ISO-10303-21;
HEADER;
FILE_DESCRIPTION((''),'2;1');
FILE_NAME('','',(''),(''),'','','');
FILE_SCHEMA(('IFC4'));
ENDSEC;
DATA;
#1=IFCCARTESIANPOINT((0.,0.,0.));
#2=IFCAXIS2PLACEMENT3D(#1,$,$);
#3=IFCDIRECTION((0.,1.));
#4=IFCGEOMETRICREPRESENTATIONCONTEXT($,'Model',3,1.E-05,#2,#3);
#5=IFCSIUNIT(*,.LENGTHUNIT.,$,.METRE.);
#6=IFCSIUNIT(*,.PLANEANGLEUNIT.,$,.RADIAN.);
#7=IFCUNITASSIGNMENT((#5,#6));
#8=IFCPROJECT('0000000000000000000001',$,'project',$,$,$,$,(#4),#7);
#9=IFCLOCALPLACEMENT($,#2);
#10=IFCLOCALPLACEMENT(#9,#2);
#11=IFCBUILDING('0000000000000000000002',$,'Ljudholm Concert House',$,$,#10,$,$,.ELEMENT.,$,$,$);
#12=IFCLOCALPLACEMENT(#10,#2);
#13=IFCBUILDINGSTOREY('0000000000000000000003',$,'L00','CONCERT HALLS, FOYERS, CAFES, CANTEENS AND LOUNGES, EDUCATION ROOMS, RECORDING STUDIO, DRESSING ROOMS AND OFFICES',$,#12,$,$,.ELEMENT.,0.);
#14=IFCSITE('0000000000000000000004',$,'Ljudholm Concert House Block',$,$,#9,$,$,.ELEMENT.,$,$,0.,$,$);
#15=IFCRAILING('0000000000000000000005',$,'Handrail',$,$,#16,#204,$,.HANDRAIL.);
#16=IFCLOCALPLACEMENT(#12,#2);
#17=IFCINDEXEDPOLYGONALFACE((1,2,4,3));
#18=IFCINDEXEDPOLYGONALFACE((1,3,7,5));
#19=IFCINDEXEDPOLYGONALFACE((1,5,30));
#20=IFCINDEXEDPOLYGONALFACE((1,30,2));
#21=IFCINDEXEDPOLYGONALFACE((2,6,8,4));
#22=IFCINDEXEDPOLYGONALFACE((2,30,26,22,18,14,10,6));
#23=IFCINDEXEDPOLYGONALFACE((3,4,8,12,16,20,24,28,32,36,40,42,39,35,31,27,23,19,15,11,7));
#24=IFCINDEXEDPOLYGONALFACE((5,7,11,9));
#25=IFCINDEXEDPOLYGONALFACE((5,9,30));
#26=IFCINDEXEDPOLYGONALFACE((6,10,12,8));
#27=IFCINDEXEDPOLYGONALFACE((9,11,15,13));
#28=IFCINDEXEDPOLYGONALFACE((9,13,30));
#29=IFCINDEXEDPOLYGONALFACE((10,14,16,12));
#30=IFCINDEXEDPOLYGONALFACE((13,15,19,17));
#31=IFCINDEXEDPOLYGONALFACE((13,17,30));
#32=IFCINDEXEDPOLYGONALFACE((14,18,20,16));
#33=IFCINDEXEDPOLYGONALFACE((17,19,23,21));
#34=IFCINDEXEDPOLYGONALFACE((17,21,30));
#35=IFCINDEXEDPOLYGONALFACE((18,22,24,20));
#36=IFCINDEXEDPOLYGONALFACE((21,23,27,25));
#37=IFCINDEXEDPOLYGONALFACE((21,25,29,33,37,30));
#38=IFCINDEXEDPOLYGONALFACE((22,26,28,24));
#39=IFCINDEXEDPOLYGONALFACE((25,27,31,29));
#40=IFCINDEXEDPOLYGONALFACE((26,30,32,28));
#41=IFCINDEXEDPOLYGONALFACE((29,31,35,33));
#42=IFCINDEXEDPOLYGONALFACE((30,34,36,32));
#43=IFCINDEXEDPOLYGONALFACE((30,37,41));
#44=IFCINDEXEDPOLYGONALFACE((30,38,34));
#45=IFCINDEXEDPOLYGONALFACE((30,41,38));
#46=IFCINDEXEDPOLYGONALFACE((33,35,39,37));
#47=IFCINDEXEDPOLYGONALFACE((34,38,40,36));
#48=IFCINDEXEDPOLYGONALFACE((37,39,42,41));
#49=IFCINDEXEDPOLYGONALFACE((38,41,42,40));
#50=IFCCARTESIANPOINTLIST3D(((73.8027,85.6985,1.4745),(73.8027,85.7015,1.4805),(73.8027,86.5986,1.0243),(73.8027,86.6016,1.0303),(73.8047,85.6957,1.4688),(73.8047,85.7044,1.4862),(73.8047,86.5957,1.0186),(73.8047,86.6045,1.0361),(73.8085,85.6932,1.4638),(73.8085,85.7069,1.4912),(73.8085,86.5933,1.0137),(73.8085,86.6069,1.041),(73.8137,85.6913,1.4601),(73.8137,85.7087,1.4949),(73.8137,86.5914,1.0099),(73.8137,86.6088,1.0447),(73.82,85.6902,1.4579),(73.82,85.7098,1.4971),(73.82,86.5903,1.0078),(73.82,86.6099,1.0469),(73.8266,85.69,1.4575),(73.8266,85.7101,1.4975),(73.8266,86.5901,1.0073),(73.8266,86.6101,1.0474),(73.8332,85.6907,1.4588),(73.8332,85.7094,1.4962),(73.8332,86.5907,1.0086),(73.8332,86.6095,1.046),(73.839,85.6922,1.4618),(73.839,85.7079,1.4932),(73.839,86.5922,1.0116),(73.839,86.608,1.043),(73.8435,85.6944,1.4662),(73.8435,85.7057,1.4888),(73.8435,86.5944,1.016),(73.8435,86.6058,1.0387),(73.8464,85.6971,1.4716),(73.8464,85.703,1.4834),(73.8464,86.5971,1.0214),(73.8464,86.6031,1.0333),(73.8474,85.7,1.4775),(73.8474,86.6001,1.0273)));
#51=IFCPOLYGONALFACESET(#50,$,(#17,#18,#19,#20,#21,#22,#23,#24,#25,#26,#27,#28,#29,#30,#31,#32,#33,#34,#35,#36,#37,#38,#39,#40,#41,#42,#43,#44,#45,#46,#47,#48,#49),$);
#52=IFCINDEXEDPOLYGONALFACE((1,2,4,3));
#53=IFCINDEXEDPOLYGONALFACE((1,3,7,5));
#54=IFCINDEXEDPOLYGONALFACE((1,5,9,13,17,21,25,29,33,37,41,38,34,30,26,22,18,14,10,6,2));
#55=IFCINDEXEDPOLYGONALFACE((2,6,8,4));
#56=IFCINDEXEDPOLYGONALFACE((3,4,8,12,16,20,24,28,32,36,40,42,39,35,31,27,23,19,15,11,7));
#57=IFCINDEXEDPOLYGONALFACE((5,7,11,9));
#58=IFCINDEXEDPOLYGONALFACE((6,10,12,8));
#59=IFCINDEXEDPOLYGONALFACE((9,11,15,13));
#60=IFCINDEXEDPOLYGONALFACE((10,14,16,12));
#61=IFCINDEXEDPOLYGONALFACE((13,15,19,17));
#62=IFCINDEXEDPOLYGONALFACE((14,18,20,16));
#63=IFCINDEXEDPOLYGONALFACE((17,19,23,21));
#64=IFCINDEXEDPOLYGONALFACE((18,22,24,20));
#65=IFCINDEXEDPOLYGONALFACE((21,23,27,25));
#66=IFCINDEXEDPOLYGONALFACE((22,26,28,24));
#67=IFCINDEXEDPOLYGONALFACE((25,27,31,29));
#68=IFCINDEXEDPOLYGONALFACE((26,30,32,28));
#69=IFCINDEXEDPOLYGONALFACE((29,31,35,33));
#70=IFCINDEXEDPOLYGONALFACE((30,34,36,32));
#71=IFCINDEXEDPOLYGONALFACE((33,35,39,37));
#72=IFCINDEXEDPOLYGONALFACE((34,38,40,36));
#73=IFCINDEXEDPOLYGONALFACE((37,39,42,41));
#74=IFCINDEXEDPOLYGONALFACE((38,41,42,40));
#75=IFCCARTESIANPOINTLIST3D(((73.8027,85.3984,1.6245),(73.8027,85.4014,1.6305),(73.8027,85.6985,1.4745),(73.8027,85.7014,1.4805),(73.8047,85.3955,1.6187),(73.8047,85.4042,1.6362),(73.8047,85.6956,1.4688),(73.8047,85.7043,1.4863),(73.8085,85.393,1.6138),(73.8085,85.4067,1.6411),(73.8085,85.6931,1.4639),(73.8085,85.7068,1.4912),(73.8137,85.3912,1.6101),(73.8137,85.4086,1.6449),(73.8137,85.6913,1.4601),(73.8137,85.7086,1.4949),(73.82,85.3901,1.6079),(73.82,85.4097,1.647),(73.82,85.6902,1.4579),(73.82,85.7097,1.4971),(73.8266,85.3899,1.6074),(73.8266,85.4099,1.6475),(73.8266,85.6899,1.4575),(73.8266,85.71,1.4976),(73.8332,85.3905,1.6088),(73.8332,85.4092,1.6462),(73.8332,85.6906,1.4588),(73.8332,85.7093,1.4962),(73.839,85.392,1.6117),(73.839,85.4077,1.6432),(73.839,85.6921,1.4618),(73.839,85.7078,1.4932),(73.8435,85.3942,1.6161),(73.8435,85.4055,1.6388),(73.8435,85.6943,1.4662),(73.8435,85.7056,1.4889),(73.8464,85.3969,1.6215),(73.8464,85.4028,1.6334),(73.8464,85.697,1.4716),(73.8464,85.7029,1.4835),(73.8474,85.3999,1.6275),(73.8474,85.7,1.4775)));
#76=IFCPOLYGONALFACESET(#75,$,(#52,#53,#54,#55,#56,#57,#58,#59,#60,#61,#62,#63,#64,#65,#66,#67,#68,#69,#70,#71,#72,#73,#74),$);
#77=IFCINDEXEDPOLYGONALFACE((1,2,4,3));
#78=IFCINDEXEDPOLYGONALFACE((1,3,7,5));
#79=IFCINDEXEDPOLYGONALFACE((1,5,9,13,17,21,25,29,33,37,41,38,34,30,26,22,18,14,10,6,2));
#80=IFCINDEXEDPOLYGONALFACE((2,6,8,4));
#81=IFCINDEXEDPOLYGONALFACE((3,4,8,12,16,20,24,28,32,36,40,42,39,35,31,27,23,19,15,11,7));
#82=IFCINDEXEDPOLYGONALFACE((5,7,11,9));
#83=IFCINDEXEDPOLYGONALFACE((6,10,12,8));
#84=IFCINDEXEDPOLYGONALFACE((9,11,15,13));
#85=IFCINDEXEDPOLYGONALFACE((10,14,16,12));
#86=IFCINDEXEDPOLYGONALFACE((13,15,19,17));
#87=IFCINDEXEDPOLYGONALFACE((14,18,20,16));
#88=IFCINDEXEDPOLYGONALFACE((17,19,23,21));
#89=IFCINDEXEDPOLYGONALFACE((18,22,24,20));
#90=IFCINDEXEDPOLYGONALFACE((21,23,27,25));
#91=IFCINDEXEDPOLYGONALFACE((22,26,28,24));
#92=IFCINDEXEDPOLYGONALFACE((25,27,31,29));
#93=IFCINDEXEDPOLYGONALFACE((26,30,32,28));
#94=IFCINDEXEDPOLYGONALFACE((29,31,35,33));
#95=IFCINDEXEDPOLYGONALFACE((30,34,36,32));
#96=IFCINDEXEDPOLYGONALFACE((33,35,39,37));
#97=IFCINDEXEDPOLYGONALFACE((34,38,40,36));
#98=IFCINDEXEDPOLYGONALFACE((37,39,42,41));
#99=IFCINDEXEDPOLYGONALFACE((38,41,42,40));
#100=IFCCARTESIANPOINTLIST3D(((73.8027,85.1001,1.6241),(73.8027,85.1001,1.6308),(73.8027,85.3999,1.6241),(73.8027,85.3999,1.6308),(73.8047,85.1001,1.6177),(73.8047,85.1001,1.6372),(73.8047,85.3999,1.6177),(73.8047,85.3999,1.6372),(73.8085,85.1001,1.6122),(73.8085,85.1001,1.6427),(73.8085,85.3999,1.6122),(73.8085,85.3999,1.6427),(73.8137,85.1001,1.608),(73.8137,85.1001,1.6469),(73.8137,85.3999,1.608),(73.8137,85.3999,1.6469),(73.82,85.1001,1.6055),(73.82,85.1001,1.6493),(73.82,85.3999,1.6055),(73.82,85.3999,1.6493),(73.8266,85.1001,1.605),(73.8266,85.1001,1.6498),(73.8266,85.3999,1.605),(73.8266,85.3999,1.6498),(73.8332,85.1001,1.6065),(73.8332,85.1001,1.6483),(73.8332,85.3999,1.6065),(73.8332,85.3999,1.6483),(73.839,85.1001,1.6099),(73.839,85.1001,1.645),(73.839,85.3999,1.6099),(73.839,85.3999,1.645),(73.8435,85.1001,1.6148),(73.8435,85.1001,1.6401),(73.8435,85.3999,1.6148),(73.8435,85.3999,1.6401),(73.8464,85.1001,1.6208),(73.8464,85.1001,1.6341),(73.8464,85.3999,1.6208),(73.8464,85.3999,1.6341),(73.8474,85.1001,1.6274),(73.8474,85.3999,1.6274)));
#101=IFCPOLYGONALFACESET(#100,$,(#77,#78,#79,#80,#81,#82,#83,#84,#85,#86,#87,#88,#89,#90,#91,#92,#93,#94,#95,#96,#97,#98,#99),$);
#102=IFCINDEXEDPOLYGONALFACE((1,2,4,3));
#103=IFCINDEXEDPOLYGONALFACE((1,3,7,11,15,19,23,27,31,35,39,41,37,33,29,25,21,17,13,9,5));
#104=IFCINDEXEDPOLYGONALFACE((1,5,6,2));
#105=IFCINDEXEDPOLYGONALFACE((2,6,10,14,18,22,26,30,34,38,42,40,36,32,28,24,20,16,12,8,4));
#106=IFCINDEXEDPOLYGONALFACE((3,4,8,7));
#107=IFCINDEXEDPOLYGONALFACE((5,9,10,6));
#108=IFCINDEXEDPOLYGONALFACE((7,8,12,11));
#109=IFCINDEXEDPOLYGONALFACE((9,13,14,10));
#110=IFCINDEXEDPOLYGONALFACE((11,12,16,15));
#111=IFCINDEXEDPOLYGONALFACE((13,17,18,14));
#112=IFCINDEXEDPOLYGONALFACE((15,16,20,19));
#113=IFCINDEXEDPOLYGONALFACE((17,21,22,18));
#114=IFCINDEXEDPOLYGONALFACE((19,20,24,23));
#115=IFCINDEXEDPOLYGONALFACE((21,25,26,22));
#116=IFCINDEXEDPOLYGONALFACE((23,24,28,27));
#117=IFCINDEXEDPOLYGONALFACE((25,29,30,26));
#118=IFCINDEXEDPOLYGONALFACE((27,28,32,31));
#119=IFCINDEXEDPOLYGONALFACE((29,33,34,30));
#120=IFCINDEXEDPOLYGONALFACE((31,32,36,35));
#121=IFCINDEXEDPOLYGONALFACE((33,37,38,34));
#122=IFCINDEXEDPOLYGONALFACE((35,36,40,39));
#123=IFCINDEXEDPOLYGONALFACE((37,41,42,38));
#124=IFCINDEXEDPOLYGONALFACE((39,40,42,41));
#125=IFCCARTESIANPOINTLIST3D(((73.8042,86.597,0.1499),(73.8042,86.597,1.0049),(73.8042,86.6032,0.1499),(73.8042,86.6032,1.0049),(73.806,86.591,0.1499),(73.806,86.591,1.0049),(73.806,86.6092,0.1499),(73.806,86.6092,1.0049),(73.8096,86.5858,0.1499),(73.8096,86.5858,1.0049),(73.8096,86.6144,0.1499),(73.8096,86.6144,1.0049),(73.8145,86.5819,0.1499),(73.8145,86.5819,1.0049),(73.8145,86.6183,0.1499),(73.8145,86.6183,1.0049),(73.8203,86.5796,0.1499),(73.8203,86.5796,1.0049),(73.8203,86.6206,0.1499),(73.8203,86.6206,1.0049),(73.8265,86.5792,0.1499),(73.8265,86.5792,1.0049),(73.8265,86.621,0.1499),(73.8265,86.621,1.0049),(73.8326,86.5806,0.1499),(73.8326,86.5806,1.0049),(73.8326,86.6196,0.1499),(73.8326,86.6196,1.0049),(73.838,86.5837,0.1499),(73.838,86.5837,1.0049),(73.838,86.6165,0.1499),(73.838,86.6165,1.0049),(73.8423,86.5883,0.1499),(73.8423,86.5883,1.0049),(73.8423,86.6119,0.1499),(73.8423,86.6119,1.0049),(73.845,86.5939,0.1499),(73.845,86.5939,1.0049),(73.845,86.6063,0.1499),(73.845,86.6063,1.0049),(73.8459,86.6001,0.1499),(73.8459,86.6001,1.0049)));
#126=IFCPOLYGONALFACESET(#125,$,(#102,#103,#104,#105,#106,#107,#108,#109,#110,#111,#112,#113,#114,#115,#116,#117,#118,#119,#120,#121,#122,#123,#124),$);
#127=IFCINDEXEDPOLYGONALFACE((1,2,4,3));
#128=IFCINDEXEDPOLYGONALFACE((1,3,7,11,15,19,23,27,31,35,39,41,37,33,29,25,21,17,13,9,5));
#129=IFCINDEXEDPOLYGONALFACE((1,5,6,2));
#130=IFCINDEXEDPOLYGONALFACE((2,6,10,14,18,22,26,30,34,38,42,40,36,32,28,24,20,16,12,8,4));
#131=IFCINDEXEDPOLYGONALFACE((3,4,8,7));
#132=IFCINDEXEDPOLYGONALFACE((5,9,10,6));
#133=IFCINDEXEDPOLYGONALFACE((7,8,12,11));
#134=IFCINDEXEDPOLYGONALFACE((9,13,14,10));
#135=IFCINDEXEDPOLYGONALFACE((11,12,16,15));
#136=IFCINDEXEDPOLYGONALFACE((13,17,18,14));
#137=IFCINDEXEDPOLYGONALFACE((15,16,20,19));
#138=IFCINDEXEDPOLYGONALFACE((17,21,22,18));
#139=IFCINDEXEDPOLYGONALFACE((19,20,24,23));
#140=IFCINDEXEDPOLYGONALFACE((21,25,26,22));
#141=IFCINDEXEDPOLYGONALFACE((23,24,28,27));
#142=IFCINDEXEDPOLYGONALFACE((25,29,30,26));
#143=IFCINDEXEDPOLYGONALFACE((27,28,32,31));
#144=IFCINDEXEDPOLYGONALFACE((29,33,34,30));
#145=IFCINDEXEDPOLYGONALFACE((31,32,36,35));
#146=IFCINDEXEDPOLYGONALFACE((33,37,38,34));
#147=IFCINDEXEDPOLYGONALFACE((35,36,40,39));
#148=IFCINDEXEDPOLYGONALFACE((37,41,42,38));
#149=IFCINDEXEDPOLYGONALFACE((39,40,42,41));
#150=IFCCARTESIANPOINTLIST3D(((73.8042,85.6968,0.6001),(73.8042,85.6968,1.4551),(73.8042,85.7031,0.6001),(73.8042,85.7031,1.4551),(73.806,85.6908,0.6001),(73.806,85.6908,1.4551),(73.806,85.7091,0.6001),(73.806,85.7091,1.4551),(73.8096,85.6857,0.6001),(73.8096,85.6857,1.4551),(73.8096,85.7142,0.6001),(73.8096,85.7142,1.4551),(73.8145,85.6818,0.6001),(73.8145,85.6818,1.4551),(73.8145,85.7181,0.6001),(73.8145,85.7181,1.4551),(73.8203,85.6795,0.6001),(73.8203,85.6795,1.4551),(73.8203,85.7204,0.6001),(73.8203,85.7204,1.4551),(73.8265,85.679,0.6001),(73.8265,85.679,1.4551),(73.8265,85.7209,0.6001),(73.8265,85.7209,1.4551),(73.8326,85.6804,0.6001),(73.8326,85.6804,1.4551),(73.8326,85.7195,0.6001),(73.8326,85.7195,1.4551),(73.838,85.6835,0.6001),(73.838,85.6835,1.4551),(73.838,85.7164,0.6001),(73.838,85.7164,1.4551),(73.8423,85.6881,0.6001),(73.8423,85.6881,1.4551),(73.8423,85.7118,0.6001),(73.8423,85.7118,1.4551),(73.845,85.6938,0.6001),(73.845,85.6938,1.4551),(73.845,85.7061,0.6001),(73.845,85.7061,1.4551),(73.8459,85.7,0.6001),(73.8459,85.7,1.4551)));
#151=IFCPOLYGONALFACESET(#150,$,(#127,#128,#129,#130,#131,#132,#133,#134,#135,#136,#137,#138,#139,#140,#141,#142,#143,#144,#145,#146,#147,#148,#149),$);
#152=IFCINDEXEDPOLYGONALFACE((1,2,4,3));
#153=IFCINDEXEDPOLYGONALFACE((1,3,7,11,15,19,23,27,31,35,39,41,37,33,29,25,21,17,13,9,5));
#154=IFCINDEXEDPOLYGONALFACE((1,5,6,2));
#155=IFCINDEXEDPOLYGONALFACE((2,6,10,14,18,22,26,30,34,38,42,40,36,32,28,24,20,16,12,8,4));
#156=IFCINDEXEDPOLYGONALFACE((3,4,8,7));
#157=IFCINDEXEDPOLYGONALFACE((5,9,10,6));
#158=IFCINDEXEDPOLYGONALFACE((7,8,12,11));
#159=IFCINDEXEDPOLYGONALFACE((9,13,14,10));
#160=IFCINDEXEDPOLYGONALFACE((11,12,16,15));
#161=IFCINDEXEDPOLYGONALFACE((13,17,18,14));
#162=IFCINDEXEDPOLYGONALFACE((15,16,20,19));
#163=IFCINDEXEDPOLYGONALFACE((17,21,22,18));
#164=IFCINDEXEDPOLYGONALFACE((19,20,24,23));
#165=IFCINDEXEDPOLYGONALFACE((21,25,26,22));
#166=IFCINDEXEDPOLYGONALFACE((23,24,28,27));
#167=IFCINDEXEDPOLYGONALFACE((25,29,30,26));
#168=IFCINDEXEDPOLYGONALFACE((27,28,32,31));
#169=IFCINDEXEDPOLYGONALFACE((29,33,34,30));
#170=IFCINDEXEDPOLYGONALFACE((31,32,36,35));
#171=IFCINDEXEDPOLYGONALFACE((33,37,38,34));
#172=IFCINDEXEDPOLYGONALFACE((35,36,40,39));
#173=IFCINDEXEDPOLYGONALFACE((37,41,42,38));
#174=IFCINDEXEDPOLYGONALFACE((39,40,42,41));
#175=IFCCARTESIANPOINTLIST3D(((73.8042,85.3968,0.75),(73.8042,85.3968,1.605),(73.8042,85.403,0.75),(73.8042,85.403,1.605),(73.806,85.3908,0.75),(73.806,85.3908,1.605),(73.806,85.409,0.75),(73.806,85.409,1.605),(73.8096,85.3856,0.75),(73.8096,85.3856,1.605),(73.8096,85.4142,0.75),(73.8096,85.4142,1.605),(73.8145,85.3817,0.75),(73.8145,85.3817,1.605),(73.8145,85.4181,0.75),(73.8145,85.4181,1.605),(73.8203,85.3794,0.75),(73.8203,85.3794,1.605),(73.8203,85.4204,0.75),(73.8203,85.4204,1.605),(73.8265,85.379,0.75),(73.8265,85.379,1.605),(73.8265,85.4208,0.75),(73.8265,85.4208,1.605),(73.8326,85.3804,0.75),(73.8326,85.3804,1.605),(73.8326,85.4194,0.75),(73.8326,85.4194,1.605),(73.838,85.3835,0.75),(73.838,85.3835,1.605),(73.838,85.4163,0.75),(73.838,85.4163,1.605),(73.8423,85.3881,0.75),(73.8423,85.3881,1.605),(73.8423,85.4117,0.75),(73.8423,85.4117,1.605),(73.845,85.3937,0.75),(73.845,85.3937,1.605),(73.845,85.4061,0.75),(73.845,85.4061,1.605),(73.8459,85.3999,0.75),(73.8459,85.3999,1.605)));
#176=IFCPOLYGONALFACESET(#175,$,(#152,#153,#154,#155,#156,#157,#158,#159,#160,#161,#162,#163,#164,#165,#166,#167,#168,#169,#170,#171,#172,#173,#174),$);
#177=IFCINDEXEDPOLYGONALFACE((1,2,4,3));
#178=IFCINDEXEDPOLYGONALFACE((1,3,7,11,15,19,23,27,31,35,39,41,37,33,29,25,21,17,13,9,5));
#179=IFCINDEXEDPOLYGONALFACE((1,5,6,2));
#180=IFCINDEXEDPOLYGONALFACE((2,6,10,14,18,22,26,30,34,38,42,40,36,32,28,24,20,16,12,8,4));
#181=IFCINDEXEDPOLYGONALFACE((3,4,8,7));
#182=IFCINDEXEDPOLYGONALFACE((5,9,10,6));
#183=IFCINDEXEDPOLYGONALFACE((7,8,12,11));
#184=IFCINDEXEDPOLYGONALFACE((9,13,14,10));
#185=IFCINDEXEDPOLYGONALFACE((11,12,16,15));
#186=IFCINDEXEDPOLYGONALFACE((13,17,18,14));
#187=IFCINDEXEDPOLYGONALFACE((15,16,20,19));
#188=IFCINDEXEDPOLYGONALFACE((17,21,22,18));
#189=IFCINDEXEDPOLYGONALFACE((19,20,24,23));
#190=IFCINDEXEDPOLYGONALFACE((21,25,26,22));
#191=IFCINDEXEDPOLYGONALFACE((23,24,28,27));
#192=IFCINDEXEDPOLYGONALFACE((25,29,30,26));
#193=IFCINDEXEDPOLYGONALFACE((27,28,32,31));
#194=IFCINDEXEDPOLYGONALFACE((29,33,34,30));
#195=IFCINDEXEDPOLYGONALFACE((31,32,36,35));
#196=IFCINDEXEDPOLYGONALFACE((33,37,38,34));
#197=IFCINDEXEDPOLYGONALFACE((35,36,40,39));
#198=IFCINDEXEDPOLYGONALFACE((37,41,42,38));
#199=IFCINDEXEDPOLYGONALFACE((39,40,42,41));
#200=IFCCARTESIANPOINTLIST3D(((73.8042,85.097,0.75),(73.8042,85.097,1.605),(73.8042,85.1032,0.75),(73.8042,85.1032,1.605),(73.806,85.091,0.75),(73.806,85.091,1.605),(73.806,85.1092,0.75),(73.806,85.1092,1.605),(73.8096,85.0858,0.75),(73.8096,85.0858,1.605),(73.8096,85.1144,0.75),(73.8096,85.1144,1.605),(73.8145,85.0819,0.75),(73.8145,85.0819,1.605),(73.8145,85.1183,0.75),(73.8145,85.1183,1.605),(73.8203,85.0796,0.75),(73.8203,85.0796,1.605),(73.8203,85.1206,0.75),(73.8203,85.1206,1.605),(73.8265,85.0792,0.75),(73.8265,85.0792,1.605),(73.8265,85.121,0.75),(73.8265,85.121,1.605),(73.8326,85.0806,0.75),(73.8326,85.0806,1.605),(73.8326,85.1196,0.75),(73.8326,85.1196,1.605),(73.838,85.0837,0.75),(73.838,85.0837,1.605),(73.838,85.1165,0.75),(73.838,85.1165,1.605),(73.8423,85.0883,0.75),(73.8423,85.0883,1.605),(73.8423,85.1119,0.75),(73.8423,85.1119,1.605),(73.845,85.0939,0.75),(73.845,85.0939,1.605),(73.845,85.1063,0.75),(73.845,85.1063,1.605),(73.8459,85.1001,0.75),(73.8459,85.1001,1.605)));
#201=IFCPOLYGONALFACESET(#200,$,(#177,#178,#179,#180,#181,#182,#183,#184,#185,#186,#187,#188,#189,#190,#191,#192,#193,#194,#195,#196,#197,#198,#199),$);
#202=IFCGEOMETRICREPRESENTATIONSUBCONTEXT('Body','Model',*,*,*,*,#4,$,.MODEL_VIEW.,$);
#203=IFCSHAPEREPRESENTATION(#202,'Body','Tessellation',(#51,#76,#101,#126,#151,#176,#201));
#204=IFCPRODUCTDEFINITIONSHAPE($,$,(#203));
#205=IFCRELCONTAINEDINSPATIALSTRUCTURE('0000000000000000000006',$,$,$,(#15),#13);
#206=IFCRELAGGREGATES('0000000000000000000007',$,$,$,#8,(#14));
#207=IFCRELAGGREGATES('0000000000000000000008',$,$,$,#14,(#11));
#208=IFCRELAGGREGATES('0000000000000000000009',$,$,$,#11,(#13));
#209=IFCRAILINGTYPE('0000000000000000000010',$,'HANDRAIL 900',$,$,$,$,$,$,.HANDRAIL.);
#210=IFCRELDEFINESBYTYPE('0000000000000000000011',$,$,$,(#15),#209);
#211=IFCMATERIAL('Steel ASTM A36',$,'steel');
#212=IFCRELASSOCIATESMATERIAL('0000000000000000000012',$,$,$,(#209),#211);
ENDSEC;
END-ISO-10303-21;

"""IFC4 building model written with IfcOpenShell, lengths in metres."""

from ifc_helpers import new_model, si_unit, direction, frame, origin, origin_2d, place, context, subcontext, project, spatial, circle, extrude, material, type_object, element, save


model = new_model("IFC4")

# Units and contexts
model_context = context("Model", 3, precision=1e-05, world=origin(), true_north=direction((0.0, 1.0)))
body_context = subcontext(model_context, "Body", "Model", "MODEL_VIEW")
ifc_project = project(units=[si_unit("LENGTHUNIT", "METRE"), si_unit("PLANEANGLEUNIT", "RADIAN")], contexts=[model_context])

# Site, building, storey
site_placement = place(None, origin())
site = spatial("IfcSite", under=ifc_project, at=site_placement, Name="Ljudholm Concert House Block", CompositionType="ELEMENT", RefElevation=0.0)
building_placement = place(site_placement, origin())
building = spatial("IfcBuilding", under=site, at=building_placement, Name="Ljudholm Concert House", CompositionType="ELEMENT")
storey_placement = place(building_placement, origin())
storey = spatial("IfcBuildingStorey", under=building, at=storey_placement, Name="L00", Description="CONCERT HALLS, FOYERS, CAFES, CANTEENS AND LOUNGES, EDUCATION ROOMS, RECORDING STUDIO, DRESSING ROOMS AND OFFICES", CompositionType="ELEMENT", Elevation=0.0)

# Railing
ifc_material_1 = material(Name="Steel ASTM A36", Category="steel")
railing_type_1 = type_object("IfcRailingType", Name="HANDRAIL 900", PredefinedType="HANDRAIL", material=ifc_material_1)
for number, where, name in (
    (1, (73.825, 86.6001, 0.1499), "Handrail"),
):
    element("IfcRailing", number, at=place(storey_placement, frame(where)), inside=storey, type_object=railing_type_1, Name=name, PredefinedType="HANDRAIL", context=body_context, shape_type="SweptSolid", body=[
        extrude(circle(Radius=0.0225, at=origin_2d()), frame((0.0, 0.0, 0.8774), z_axis=(0.0, -0.894379, 0.447311), x_axis=(1.0, 0.0, 0.0)), (0.0, 0.0, 1.0), 1.0063),
        extrude(circle(Radius=0.0225, at=origin_2d()), frame((0.0, -0.9001, 1.3276), z_axis=(0.0, -0.894573, 0.446922), x_axis=(1.0, 0.0, 0.0)), (0.0, 0.0, 1.0), 0.3354),
        extrude(circle(Radius=0.0225, at=origin_2d()), frame((0.0, -1.2002, 1.4775), z_axis=(0.0, -1.0, 0.0), x_axis=(1.0, 0.0, 0.0)), (0.0, 0.0, 1.0), 0.2998),
        extrude(circle(Radius=0.021, at=origin_2d()), origin(), (0.0, 0.0, 1.0), 0.855),
        extrude(circle(Radius=0.021, at=origin_2d()), frame((0.0, -0.9001, 0.4502)), (0.0, 0.0, 1.0), 0.855),
        extrude(circle(Radius=0.021, at=origin_2d()), frame((0.0, -1.2002, 0.6001)), (0.0, 0.0, 1.0), 0.855),
        extrude(circle(Radius=0.021, at=origin_2d()), frame((0.0, -1.5, 0.6001)), (0.0, 0.0, 1.0), 0.855),
    ])

save(model, "model.ifc")
